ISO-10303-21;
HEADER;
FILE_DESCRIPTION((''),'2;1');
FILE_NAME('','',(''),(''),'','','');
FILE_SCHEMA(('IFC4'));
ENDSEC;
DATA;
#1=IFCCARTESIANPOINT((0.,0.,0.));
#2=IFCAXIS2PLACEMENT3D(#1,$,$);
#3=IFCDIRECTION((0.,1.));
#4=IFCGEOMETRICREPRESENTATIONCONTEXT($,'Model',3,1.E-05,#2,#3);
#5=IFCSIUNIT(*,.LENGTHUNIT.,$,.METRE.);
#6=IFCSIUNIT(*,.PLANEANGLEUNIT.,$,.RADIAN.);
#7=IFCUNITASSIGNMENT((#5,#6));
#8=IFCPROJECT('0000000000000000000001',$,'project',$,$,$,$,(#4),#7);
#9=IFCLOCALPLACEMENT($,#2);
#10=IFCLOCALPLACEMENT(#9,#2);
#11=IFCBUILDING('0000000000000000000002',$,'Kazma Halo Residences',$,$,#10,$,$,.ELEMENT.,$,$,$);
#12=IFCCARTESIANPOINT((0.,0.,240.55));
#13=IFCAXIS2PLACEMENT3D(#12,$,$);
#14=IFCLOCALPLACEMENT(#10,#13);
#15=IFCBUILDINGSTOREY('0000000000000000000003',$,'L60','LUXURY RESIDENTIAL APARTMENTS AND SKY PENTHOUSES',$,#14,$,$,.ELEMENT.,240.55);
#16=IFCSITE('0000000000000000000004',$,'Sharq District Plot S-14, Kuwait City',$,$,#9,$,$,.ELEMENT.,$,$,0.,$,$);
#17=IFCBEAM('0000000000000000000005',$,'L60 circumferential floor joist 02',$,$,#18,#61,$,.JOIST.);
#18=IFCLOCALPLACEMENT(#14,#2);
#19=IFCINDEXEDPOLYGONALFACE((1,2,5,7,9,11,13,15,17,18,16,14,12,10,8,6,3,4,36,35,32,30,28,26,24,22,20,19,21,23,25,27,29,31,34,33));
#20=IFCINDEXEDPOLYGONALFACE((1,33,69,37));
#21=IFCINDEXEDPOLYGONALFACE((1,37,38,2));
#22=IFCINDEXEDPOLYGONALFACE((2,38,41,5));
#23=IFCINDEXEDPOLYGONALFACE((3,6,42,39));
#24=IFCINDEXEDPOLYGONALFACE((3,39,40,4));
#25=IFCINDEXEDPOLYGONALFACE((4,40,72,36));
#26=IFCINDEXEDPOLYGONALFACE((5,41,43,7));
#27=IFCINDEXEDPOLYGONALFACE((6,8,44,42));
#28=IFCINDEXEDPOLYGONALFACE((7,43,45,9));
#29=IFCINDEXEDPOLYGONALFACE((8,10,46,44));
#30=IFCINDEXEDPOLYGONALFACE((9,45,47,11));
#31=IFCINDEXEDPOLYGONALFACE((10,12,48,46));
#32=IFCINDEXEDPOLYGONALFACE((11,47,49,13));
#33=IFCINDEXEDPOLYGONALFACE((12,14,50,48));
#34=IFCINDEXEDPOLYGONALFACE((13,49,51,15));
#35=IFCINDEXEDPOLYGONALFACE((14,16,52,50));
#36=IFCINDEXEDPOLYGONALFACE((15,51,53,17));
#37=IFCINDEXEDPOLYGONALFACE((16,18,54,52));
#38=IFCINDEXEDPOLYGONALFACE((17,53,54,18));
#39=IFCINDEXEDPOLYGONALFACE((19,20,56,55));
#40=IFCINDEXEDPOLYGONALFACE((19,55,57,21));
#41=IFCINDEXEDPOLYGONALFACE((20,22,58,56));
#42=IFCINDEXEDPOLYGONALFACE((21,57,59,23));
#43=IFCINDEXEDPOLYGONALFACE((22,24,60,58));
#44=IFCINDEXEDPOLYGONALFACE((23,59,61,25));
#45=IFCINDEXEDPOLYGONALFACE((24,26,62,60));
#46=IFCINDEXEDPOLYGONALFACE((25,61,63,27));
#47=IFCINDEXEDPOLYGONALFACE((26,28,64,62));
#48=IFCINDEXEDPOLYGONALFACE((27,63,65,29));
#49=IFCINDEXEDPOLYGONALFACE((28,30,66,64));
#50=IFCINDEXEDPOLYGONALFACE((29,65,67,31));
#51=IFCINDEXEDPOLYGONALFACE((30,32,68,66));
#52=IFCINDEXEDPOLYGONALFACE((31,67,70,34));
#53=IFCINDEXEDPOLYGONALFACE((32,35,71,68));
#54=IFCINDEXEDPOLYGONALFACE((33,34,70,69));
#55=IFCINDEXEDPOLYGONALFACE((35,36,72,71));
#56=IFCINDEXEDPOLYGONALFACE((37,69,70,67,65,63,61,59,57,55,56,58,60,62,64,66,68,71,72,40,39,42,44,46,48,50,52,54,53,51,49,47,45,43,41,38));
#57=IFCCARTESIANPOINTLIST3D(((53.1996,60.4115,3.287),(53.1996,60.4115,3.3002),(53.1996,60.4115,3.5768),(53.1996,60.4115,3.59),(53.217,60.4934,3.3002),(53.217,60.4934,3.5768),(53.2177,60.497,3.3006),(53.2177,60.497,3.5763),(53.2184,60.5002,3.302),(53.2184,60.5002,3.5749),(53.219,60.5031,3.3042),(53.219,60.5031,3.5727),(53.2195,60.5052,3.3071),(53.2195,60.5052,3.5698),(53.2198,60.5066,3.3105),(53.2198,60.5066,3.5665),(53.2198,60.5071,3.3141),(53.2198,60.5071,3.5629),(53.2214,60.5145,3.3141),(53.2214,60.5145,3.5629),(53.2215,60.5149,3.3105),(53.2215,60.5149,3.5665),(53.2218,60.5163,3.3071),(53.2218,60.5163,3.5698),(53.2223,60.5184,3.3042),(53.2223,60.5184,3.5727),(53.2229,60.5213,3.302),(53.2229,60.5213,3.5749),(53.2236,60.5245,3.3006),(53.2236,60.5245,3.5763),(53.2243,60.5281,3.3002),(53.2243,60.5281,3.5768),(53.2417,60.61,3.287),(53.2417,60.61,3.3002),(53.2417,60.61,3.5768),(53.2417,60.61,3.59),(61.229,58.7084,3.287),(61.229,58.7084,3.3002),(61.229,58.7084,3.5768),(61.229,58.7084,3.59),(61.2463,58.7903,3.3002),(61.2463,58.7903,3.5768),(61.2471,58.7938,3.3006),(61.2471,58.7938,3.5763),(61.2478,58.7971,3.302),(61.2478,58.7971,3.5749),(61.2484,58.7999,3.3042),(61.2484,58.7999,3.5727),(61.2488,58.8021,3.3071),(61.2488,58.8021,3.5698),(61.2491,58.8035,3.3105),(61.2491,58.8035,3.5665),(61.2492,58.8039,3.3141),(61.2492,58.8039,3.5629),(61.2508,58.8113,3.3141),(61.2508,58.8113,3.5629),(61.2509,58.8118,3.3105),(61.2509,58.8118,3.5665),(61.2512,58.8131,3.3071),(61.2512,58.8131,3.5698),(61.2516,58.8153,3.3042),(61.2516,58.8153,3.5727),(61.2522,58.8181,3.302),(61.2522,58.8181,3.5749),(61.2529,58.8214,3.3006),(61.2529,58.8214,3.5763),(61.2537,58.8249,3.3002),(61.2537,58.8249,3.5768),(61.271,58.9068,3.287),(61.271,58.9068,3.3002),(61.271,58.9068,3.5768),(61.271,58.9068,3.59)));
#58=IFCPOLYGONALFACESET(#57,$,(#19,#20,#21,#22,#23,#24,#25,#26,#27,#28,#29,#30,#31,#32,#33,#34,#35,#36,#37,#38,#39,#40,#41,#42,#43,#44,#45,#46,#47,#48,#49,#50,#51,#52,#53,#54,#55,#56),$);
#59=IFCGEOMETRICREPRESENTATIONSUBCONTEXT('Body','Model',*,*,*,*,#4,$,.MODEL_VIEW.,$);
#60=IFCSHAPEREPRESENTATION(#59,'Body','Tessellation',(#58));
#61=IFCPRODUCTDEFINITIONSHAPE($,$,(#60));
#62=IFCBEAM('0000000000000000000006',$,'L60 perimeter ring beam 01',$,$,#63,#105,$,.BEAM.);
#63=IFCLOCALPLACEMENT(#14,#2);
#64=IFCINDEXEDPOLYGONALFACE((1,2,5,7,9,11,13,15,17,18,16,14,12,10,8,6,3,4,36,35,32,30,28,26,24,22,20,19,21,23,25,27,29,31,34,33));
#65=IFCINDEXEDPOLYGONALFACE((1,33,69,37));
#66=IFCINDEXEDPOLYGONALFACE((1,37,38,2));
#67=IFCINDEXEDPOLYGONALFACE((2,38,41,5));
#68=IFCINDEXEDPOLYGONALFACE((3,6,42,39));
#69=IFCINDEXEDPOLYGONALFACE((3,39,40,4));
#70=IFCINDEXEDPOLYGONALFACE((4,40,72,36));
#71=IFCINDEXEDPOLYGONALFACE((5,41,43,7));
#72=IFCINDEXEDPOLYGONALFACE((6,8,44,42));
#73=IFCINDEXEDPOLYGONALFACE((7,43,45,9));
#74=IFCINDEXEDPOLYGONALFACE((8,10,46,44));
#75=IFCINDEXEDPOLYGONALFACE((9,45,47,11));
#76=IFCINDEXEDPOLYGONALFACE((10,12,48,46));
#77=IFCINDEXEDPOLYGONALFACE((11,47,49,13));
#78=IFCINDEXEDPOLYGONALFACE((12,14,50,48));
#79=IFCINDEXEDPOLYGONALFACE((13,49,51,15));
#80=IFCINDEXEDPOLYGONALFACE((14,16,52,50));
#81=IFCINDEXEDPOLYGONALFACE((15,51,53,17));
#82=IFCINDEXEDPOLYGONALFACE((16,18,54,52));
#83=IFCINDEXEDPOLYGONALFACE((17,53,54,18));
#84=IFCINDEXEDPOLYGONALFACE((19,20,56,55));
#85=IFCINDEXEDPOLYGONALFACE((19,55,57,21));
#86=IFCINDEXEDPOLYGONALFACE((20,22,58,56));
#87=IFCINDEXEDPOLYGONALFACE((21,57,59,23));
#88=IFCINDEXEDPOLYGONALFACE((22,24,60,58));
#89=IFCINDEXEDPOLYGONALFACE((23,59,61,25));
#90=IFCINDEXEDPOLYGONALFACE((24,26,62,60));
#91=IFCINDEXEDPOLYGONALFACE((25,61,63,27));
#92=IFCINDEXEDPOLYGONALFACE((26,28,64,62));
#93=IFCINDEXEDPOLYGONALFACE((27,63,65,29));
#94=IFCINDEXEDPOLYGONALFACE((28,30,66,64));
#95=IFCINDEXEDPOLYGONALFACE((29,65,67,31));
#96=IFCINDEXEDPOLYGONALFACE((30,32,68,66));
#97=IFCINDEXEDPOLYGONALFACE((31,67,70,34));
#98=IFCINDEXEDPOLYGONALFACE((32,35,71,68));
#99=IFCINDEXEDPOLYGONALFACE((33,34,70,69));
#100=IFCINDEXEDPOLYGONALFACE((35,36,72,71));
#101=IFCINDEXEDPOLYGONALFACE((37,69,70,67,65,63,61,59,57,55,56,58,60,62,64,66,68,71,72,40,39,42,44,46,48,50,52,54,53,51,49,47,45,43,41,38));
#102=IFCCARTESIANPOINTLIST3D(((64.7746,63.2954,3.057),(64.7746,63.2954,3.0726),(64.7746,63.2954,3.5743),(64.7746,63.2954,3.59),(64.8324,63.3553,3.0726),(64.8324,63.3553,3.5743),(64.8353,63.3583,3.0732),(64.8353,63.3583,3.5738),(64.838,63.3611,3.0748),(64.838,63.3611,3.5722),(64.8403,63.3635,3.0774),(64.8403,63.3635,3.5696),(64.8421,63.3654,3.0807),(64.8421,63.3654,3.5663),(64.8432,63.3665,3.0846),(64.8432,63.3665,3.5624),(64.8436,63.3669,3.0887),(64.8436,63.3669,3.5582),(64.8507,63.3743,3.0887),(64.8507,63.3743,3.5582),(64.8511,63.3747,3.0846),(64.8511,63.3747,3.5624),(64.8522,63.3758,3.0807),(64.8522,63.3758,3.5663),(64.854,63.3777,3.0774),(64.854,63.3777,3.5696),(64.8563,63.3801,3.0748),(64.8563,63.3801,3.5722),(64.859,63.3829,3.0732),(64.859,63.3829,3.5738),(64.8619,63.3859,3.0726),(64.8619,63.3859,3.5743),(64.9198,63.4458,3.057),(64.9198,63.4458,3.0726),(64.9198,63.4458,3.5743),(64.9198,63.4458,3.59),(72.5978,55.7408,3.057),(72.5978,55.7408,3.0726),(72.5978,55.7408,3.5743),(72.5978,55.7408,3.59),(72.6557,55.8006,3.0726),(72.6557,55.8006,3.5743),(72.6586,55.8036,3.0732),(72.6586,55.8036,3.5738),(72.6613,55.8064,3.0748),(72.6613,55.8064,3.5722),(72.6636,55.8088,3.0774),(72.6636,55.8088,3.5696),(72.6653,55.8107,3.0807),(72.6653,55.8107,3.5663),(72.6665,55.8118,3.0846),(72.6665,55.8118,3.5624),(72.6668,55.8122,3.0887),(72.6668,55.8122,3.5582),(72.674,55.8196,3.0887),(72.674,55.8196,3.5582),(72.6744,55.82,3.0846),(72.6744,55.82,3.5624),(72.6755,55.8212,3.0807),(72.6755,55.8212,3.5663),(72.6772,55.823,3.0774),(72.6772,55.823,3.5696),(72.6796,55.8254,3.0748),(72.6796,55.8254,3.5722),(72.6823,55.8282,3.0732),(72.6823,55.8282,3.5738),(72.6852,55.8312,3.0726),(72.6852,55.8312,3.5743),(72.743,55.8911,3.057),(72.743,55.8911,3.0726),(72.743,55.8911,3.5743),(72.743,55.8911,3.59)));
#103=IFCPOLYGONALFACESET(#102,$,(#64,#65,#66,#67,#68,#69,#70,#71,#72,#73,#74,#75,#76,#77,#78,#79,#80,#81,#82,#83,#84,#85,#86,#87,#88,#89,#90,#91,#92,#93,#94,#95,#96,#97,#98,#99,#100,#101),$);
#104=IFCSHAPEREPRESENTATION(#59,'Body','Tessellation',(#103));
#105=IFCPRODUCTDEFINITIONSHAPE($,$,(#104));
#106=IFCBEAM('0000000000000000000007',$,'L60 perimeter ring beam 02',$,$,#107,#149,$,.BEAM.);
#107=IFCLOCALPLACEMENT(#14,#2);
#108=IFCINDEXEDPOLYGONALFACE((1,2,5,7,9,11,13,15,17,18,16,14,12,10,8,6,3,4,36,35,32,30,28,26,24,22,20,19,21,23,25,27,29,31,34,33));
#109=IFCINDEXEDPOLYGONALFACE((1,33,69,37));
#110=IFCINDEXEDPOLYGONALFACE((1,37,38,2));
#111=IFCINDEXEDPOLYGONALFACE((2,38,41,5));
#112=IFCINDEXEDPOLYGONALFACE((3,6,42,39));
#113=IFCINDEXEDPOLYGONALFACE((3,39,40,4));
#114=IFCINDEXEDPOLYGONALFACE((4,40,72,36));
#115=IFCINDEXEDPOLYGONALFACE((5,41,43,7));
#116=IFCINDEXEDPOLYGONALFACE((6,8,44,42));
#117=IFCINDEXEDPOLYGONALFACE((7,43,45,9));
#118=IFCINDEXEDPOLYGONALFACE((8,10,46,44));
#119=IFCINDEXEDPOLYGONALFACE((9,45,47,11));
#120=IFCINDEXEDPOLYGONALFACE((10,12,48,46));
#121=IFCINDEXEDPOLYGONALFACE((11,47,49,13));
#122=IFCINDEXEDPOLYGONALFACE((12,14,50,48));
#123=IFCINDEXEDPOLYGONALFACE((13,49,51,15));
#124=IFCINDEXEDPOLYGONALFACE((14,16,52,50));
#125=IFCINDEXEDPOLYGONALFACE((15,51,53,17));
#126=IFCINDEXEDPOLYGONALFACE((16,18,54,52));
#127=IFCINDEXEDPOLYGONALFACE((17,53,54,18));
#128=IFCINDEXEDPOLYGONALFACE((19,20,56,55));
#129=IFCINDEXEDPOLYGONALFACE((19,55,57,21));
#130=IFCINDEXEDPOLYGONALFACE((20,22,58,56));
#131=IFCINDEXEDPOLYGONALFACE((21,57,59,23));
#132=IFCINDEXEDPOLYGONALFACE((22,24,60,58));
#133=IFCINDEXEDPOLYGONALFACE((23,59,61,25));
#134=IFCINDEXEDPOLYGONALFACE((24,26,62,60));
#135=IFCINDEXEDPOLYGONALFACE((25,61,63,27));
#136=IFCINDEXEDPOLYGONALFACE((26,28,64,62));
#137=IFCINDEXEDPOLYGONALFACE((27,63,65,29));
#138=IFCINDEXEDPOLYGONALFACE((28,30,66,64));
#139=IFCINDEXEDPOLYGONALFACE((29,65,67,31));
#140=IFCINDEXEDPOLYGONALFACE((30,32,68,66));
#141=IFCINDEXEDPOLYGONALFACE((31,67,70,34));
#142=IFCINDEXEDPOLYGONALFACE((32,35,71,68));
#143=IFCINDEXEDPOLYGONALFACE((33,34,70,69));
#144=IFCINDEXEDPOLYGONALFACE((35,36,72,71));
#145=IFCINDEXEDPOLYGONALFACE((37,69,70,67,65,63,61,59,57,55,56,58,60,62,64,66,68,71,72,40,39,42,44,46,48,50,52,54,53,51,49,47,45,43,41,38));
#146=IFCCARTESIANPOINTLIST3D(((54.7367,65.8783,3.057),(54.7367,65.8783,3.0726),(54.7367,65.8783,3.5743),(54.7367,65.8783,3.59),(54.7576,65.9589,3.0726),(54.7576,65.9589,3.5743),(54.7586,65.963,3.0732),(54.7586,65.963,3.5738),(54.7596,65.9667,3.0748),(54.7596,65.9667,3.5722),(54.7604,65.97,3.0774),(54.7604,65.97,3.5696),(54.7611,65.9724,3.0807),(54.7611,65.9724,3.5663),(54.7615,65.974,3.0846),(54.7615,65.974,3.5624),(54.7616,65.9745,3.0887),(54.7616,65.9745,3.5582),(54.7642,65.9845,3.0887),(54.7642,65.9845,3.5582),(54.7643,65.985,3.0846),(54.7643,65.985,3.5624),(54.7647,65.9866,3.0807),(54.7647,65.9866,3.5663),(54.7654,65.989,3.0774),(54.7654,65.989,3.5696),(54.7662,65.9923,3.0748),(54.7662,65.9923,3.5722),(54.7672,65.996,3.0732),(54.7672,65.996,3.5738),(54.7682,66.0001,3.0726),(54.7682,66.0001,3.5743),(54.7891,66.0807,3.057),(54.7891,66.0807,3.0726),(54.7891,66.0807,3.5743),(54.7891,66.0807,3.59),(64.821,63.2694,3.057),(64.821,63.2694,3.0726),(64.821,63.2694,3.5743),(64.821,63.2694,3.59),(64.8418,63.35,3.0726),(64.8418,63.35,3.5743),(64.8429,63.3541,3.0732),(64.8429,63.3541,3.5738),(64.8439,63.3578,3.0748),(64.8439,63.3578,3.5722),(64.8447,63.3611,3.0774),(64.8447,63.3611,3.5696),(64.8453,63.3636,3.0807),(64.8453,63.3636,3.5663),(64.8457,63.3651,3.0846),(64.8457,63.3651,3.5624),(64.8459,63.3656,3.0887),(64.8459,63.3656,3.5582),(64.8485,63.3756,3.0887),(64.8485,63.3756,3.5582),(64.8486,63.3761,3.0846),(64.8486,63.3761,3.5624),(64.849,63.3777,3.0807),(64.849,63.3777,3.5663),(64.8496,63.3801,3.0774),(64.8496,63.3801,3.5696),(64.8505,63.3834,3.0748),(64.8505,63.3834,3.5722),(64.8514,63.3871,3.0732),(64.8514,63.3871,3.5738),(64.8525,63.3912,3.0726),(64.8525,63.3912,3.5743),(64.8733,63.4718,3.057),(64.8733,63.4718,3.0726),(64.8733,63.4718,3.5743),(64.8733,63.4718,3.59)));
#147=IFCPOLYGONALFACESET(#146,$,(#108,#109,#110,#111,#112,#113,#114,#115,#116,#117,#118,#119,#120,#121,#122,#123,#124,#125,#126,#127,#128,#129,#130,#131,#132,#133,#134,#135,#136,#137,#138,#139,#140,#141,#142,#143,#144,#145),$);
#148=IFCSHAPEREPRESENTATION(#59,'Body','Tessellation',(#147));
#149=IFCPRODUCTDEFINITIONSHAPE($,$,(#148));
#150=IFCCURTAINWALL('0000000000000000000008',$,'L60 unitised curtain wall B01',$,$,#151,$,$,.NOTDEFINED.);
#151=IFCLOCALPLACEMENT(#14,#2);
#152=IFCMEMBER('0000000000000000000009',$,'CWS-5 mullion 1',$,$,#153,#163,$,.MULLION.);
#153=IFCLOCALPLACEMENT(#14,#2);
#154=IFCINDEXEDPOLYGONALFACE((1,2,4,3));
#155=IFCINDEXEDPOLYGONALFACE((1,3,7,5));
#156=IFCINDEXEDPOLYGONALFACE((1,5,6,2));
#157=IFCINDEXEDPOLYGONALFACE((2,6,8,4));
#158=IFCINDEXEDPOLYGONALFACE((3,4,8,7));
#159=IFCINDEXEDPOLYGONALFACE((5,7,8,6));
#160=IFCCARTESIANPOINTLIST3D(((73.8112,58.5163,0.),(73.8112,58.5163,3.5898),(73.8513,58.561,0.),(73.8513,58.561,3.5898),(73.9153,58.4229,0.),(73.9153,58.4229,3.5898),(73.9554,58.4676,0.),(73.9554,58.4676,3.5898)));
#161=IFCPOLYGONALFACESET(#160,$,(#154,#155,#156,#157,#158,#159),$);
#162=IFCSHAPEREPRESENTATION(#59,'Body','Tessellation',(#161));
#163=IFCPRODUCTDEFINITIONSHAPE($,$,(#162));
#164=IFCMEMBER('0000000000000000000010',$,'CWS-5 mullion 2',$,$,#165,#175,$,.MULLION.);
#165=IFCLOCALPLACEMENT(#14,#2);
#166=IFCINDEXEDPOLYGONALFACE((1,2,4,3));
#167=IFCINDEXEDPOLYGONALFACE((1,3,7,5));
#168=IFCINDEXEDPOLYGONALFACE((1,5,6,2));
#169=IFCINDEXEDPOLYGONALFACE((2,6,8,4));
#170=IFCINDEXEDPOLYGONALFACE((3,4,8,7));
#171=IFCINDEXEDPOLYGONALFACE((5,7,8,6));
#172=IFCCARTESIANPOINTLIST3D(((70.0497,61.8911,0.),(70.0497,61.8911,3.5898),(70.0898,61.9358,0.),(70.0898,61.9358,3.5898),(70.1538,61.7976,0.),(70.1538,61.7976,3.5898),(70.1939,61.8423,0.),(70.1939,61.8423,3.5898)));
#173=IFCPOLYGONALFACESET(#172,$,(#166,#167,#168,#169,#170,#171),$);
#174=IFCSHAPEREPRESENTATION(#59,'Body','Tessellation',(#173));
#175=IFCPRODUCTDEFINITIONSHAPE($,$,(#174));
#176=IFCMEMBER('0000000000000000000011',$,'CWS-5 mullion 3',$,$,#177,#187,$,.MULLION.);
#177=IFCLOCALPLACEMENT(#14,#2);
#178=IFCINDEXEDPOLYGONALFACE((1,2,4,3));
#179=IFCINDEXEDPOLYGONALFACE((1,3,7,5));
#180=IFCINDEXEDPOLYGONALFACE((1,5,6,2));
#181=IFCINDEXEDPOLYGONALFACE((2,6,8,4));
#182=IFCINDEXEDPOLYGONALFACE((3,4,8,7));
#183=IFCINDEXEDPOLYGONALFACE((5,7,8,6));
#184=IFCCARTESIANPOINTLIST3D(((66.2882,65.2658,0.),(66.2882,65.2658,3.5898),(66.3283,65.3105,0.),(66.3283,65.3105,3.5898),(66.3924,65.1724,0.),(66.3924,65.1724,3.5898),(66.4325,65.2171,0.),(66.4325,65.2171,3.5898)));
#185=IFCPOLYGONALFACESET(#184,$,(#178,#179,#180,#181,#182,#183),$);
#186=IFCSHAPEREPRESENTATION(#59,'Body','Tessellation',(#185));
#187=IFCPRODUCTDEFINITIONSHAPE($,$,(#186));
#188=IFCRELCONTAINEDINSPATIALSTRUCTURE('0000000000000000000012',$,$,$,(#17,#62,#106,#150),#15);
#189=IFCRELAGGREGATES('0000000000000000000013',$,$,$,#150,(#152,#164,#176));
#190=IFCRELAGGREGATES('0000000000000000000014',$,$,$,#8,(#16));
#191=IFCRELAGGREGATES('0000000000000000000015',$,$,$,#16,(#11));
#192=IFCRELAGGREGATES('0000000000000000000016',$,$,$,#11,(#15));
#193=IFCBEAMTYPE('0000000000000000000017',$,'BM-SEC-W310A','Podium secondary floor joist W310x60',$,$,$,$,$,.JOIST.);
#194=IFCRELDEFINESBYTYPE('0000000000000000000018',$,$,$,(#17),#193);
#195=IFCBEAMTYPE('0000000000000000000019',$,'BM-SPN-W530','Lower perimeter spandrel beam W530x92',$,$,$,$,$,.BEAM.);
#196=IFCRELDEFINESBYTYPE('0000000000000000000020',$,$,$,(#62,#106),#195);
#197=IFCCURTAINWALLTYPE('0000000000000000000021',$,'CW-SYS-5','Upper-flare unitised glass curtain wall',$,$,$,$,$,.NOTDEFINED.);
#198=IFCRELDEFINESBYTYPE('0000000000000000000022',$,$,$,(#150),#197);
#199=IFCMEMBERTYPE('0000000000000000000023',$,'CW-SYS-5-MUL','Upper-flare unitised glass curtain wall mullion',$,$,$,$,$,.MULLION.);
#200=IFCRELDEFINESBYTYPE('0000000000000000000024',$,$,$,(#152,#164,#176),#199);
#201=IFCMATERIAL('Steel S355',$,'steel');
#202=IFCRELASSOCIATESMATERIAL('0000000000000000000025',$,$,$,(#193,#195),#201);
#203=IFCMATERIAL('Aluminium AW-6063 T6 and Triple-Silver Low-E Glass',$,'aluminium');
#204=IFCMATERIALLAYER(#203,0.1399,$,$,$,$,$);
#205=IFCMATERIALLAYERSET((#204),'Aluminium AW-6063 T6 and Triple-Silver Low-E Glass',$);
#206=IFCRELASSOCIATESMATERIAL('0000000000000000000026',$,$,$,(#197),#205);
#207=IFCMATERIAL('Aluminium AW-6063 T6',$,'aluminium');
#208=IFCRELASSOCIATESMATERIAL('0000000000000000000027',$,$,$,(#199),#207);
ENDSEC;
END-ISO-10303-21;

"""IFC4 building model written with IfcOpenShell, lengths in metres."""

from ifc_helpers import new_model, si_unit, direction, frame, origin, origin_2d, place, context, subcontext, project, spatial, rectangle, i_section, extrude, material, layer, layer_set, material_profile, profile_set, type_object, element, aggregate, save


model = new_model("IFC4")

# Units and contexts
model_context = context("Model", 3, precision=1e-05, world=origin(), true_north=direction((0.0, 1.0)))
body_context = subcontext(model_context, "Body", "Model", "MODEL_VIEW")
ifc_project = project(units=[si_unit("LENGTHUNIT", "METRE"), si_unit("PLANEANGLEUNIT", "RADIAN")], contexts=[model_context])

# Site, building, storey
site_placement = place(None, origin())
site = spatial("IfcSite", under=ifc_project, at=site_placement, Name="Sharq District Plot S-14, Kuwait City", CompositionType="ELEMENT", RefElevation=0.0)
building_placement = place(site_placement, origin())
building = spatial("IfcBuilding", under=site, at=building_placement, Name="Kazma Halo Residences", CompositionType="ELEMENT")
storey_placement = place(building_placement, frame((0.0, 0.0, 240.55)))
storey = spatial("IfcBuildingStorey", under=building, at=storey_placement, Name="L60", Description="LUXURY RESIDENTIAL APARTMENTS AND SKY PENTHOUSES", CompositionType="ELEMENT", Elevation=240.55)

# Beams
ifc_material_1 = material(Name="Steel S355", Category="steel")
ifc_material_profile_1 = material_profile(ifc_material_1, i_section(OverallWidth=0.2029, OverallDepth=0.303, WebThickness=0.0076, FlangeThickness=0.0132, FilletRadius=0.0139, at=origin_2d()), Name="W310x60")
ifc_profile_set_1 = profile_set([ifc_material_profile_1], Name="Steel S355")
beam_type_1 = type_object("IfcBeamType", Name="BM-SEC-W310A", Description="Podium secondary floor joist W310x60", PredefinedType="JOIST", material=ifc_profile_set_1)
beam_1_placement = place(storey_placement, frame((61.25, 58.8076, 3.4385), z_axis=(-0.978236, 0.207497, 0.0), x_axis=(-0.207497, -0.978236, 0.0)))
element("IfcBeam", 1, at=beam_1_placement, inside=storey, type_object=beam_type_1, Name="L60 circumferential floor joist 02", PredefinedType="JOIST", context=body_context, shape_type="SweptSolid", body=[
    extrude(i_section(OverallWidth=0.2029, OverallDepth=0.303, WebThickness=0.0076, FlangeThickness=0.0132, FilletRadius=0.0139, at=origin_2d()), origin(), (0.0, 0.0, 1.0), 8.208),
])
ifc_material_profile_2 = material_profile(ifc_material_1, i_section(OverallWidth=0.209, OverallDepth=0.533, WebThickness=0.0103, FlangeThickness=0.0156, FilletRadius=0.0161, at=origin_2d()), Name="W530x92")
ifc_profile_set_2 = profile_set([ifc_material_profile_2], Name="Steel S355")
beam_type_2 = type_object("IfcBeamType", Name="BM-SPN-W530", Description="Lower perimeter spandrel beam W530x92", PredefinedType="BEAM", material=ifc_profile_set_2)
beam_2_placement = place(storey_placement, frame((72.6704, 55.8159, 3.3235), z_axis=(-0.719346, 0.694652, 0.0), x_axis=(-0.694652, -0.719346, 0.0)))
element("IfcBeam", 2, at=beam_2_placement, inside=storey, type_object=beam_type_2, Name="L60 perimeter ring beam 01", PredefinedType="BEAM", context=body_context, shape_type="SweptSolid", body=[
    extrude(i_section(OverallWidth=0.209, OverallDepth=0.533, WebThickness=0.0103, FlangeThickness=0.0156, FilletRadius=0.0161, at=origin_2d()), origin(), (0.0, 0.0, 1.0), 10.8755),
])
beam_3_placement = place(storey_placement, frame((64.8472, 63.3706, 3.3235), z_axis=(-0.968126, 0.250464, 0.0), x_axis=(-0.250464, -0.968126, 0.0)))
element("IfcBeam", 3, at=beam_3_placement, inside=storey, type_object=beam_type_2, Name="L60 perimeter ring beam 02", PredefinedType="BEAM", context=body_context, shape_type="SweptSolid", body=[
    extrude(i_section(OverallWidth=0.209, OverallDepth=0.533, WebThickness=0.0103, FlangeThickness=0.0156, FilletRadius=0.0161, at=origin_2d()), origin(), (0.0, 0.0, 1.0), 10.4163),
])

# Curtain wall, members
ifc_material_2 = material(Name="Aluminium AW-6063 T6 and Triple-Silver Low-E Glass", Category="aluminium")
ifc_layer_1 = layer(ifc_material_2, 0.1399)
ifc_layer_set_1 = layer_set([ifc_layer_1], Name="Aluminium AW-6063 T6 and Triple-Silver Low-E Glass")
curtain_wall_type = type_object("IfcCurtainWallType", Name="CW-SYS-5", Description="Upper-flare unitised glass curtain wall", PredefinedType="NOTDEFINED", material=ifc_layer_set_1)
curtain_wall_1_placement = place(storey_placement, origin())
curtain_wall_1 = element("IfcCurtainWall", 4, at=curtain_wall_1_placement, inside=storey, type_object=curtain_wall_type, Name="L60 unitised curtain wall B01", PredefinedType="NOTDEFINED")
ifc_material_3 = material(Name="Aluminium AW-6063 T6", Category="aluminium")
ifc_material_profile_3 = material_profile(ifc_material_3, rectangle(XDim=0.0601, YDim=0.1399, at=origin_2d()), Name="CWM-60x140")
ifc_profile_set_3 = profile_set([ifc_material_profile_3], Name="Aluminium AW-6063 T6")
member_type_1 = type_object("IfcMemberType", Name="CW-SYS-5-MUL", Description="Upper-flare unitised glass curtain wall mullion", PredefinedType="MULLION", material=ifc_profile_set_3)
member_1_placement = place(storey_placement, frame((73.8833, 58.4919, 0.0), z_axis=(0.0, 0.0, 1.0), x_axis=(-0.667805, -0.744336, 0.0)))
member_1 = element("IfcMember", 5, at=member_1_placement, type_object=member_type_1, Name="CWS-5 mullion 1", PredefinedType="MULLION", context=body_context, shape_type="SweptSolid", body=[
    extrude(rectangle(XDim=0.0601, YDim=0.1399, at=origin_2d()), origin(), (0.0, 0.0, 1.0), 3.5898),
])
member_2_placement = place(storey_placement, frame((70.1218, 61.8667, 0.0), z_axis=(0.0, 0.0, 1.0), x_axis=(-0.667805, -0.744336, 0.0)))
member_2 = element("IfcMember", 6, at=member_2_placement, type_object=member_type_1, Name="CWS-5 mullion 2", PredefinedType="MULLION", context=body_context, shape_type="SweptSolid", body=[
    extrude(rectangle(XDim=0.0601, YDim=0.1399, at=origin_2d()), origin(), (0.0, 0.0, 1.0), 3.5898),
])
member_3_placement = place(storey_placement, frame((66.3604, 65.2415, 0.0), z_axis=(0.0, 0.0, 1.0), x_axis=(-0.667805, -0.744336, 0.0)))
member_3 = element("IfcMember", 7, at=member_3_placement, type_object=member_type_1, Name="CWS-5 mullion 3", PredefinedType="MULLION", context=body_context, shape_type="SweptSolid", body=[
    extrude(rectangle(XDim=0.0601, YDim=0.1399, at=origin_2d()), origin(), (0.0, 0.0, 1.0), 3.5898),
])

aggregate(curtain_wall_1, [member_1, member_2, member_3])

save(model, "model.ifc")
